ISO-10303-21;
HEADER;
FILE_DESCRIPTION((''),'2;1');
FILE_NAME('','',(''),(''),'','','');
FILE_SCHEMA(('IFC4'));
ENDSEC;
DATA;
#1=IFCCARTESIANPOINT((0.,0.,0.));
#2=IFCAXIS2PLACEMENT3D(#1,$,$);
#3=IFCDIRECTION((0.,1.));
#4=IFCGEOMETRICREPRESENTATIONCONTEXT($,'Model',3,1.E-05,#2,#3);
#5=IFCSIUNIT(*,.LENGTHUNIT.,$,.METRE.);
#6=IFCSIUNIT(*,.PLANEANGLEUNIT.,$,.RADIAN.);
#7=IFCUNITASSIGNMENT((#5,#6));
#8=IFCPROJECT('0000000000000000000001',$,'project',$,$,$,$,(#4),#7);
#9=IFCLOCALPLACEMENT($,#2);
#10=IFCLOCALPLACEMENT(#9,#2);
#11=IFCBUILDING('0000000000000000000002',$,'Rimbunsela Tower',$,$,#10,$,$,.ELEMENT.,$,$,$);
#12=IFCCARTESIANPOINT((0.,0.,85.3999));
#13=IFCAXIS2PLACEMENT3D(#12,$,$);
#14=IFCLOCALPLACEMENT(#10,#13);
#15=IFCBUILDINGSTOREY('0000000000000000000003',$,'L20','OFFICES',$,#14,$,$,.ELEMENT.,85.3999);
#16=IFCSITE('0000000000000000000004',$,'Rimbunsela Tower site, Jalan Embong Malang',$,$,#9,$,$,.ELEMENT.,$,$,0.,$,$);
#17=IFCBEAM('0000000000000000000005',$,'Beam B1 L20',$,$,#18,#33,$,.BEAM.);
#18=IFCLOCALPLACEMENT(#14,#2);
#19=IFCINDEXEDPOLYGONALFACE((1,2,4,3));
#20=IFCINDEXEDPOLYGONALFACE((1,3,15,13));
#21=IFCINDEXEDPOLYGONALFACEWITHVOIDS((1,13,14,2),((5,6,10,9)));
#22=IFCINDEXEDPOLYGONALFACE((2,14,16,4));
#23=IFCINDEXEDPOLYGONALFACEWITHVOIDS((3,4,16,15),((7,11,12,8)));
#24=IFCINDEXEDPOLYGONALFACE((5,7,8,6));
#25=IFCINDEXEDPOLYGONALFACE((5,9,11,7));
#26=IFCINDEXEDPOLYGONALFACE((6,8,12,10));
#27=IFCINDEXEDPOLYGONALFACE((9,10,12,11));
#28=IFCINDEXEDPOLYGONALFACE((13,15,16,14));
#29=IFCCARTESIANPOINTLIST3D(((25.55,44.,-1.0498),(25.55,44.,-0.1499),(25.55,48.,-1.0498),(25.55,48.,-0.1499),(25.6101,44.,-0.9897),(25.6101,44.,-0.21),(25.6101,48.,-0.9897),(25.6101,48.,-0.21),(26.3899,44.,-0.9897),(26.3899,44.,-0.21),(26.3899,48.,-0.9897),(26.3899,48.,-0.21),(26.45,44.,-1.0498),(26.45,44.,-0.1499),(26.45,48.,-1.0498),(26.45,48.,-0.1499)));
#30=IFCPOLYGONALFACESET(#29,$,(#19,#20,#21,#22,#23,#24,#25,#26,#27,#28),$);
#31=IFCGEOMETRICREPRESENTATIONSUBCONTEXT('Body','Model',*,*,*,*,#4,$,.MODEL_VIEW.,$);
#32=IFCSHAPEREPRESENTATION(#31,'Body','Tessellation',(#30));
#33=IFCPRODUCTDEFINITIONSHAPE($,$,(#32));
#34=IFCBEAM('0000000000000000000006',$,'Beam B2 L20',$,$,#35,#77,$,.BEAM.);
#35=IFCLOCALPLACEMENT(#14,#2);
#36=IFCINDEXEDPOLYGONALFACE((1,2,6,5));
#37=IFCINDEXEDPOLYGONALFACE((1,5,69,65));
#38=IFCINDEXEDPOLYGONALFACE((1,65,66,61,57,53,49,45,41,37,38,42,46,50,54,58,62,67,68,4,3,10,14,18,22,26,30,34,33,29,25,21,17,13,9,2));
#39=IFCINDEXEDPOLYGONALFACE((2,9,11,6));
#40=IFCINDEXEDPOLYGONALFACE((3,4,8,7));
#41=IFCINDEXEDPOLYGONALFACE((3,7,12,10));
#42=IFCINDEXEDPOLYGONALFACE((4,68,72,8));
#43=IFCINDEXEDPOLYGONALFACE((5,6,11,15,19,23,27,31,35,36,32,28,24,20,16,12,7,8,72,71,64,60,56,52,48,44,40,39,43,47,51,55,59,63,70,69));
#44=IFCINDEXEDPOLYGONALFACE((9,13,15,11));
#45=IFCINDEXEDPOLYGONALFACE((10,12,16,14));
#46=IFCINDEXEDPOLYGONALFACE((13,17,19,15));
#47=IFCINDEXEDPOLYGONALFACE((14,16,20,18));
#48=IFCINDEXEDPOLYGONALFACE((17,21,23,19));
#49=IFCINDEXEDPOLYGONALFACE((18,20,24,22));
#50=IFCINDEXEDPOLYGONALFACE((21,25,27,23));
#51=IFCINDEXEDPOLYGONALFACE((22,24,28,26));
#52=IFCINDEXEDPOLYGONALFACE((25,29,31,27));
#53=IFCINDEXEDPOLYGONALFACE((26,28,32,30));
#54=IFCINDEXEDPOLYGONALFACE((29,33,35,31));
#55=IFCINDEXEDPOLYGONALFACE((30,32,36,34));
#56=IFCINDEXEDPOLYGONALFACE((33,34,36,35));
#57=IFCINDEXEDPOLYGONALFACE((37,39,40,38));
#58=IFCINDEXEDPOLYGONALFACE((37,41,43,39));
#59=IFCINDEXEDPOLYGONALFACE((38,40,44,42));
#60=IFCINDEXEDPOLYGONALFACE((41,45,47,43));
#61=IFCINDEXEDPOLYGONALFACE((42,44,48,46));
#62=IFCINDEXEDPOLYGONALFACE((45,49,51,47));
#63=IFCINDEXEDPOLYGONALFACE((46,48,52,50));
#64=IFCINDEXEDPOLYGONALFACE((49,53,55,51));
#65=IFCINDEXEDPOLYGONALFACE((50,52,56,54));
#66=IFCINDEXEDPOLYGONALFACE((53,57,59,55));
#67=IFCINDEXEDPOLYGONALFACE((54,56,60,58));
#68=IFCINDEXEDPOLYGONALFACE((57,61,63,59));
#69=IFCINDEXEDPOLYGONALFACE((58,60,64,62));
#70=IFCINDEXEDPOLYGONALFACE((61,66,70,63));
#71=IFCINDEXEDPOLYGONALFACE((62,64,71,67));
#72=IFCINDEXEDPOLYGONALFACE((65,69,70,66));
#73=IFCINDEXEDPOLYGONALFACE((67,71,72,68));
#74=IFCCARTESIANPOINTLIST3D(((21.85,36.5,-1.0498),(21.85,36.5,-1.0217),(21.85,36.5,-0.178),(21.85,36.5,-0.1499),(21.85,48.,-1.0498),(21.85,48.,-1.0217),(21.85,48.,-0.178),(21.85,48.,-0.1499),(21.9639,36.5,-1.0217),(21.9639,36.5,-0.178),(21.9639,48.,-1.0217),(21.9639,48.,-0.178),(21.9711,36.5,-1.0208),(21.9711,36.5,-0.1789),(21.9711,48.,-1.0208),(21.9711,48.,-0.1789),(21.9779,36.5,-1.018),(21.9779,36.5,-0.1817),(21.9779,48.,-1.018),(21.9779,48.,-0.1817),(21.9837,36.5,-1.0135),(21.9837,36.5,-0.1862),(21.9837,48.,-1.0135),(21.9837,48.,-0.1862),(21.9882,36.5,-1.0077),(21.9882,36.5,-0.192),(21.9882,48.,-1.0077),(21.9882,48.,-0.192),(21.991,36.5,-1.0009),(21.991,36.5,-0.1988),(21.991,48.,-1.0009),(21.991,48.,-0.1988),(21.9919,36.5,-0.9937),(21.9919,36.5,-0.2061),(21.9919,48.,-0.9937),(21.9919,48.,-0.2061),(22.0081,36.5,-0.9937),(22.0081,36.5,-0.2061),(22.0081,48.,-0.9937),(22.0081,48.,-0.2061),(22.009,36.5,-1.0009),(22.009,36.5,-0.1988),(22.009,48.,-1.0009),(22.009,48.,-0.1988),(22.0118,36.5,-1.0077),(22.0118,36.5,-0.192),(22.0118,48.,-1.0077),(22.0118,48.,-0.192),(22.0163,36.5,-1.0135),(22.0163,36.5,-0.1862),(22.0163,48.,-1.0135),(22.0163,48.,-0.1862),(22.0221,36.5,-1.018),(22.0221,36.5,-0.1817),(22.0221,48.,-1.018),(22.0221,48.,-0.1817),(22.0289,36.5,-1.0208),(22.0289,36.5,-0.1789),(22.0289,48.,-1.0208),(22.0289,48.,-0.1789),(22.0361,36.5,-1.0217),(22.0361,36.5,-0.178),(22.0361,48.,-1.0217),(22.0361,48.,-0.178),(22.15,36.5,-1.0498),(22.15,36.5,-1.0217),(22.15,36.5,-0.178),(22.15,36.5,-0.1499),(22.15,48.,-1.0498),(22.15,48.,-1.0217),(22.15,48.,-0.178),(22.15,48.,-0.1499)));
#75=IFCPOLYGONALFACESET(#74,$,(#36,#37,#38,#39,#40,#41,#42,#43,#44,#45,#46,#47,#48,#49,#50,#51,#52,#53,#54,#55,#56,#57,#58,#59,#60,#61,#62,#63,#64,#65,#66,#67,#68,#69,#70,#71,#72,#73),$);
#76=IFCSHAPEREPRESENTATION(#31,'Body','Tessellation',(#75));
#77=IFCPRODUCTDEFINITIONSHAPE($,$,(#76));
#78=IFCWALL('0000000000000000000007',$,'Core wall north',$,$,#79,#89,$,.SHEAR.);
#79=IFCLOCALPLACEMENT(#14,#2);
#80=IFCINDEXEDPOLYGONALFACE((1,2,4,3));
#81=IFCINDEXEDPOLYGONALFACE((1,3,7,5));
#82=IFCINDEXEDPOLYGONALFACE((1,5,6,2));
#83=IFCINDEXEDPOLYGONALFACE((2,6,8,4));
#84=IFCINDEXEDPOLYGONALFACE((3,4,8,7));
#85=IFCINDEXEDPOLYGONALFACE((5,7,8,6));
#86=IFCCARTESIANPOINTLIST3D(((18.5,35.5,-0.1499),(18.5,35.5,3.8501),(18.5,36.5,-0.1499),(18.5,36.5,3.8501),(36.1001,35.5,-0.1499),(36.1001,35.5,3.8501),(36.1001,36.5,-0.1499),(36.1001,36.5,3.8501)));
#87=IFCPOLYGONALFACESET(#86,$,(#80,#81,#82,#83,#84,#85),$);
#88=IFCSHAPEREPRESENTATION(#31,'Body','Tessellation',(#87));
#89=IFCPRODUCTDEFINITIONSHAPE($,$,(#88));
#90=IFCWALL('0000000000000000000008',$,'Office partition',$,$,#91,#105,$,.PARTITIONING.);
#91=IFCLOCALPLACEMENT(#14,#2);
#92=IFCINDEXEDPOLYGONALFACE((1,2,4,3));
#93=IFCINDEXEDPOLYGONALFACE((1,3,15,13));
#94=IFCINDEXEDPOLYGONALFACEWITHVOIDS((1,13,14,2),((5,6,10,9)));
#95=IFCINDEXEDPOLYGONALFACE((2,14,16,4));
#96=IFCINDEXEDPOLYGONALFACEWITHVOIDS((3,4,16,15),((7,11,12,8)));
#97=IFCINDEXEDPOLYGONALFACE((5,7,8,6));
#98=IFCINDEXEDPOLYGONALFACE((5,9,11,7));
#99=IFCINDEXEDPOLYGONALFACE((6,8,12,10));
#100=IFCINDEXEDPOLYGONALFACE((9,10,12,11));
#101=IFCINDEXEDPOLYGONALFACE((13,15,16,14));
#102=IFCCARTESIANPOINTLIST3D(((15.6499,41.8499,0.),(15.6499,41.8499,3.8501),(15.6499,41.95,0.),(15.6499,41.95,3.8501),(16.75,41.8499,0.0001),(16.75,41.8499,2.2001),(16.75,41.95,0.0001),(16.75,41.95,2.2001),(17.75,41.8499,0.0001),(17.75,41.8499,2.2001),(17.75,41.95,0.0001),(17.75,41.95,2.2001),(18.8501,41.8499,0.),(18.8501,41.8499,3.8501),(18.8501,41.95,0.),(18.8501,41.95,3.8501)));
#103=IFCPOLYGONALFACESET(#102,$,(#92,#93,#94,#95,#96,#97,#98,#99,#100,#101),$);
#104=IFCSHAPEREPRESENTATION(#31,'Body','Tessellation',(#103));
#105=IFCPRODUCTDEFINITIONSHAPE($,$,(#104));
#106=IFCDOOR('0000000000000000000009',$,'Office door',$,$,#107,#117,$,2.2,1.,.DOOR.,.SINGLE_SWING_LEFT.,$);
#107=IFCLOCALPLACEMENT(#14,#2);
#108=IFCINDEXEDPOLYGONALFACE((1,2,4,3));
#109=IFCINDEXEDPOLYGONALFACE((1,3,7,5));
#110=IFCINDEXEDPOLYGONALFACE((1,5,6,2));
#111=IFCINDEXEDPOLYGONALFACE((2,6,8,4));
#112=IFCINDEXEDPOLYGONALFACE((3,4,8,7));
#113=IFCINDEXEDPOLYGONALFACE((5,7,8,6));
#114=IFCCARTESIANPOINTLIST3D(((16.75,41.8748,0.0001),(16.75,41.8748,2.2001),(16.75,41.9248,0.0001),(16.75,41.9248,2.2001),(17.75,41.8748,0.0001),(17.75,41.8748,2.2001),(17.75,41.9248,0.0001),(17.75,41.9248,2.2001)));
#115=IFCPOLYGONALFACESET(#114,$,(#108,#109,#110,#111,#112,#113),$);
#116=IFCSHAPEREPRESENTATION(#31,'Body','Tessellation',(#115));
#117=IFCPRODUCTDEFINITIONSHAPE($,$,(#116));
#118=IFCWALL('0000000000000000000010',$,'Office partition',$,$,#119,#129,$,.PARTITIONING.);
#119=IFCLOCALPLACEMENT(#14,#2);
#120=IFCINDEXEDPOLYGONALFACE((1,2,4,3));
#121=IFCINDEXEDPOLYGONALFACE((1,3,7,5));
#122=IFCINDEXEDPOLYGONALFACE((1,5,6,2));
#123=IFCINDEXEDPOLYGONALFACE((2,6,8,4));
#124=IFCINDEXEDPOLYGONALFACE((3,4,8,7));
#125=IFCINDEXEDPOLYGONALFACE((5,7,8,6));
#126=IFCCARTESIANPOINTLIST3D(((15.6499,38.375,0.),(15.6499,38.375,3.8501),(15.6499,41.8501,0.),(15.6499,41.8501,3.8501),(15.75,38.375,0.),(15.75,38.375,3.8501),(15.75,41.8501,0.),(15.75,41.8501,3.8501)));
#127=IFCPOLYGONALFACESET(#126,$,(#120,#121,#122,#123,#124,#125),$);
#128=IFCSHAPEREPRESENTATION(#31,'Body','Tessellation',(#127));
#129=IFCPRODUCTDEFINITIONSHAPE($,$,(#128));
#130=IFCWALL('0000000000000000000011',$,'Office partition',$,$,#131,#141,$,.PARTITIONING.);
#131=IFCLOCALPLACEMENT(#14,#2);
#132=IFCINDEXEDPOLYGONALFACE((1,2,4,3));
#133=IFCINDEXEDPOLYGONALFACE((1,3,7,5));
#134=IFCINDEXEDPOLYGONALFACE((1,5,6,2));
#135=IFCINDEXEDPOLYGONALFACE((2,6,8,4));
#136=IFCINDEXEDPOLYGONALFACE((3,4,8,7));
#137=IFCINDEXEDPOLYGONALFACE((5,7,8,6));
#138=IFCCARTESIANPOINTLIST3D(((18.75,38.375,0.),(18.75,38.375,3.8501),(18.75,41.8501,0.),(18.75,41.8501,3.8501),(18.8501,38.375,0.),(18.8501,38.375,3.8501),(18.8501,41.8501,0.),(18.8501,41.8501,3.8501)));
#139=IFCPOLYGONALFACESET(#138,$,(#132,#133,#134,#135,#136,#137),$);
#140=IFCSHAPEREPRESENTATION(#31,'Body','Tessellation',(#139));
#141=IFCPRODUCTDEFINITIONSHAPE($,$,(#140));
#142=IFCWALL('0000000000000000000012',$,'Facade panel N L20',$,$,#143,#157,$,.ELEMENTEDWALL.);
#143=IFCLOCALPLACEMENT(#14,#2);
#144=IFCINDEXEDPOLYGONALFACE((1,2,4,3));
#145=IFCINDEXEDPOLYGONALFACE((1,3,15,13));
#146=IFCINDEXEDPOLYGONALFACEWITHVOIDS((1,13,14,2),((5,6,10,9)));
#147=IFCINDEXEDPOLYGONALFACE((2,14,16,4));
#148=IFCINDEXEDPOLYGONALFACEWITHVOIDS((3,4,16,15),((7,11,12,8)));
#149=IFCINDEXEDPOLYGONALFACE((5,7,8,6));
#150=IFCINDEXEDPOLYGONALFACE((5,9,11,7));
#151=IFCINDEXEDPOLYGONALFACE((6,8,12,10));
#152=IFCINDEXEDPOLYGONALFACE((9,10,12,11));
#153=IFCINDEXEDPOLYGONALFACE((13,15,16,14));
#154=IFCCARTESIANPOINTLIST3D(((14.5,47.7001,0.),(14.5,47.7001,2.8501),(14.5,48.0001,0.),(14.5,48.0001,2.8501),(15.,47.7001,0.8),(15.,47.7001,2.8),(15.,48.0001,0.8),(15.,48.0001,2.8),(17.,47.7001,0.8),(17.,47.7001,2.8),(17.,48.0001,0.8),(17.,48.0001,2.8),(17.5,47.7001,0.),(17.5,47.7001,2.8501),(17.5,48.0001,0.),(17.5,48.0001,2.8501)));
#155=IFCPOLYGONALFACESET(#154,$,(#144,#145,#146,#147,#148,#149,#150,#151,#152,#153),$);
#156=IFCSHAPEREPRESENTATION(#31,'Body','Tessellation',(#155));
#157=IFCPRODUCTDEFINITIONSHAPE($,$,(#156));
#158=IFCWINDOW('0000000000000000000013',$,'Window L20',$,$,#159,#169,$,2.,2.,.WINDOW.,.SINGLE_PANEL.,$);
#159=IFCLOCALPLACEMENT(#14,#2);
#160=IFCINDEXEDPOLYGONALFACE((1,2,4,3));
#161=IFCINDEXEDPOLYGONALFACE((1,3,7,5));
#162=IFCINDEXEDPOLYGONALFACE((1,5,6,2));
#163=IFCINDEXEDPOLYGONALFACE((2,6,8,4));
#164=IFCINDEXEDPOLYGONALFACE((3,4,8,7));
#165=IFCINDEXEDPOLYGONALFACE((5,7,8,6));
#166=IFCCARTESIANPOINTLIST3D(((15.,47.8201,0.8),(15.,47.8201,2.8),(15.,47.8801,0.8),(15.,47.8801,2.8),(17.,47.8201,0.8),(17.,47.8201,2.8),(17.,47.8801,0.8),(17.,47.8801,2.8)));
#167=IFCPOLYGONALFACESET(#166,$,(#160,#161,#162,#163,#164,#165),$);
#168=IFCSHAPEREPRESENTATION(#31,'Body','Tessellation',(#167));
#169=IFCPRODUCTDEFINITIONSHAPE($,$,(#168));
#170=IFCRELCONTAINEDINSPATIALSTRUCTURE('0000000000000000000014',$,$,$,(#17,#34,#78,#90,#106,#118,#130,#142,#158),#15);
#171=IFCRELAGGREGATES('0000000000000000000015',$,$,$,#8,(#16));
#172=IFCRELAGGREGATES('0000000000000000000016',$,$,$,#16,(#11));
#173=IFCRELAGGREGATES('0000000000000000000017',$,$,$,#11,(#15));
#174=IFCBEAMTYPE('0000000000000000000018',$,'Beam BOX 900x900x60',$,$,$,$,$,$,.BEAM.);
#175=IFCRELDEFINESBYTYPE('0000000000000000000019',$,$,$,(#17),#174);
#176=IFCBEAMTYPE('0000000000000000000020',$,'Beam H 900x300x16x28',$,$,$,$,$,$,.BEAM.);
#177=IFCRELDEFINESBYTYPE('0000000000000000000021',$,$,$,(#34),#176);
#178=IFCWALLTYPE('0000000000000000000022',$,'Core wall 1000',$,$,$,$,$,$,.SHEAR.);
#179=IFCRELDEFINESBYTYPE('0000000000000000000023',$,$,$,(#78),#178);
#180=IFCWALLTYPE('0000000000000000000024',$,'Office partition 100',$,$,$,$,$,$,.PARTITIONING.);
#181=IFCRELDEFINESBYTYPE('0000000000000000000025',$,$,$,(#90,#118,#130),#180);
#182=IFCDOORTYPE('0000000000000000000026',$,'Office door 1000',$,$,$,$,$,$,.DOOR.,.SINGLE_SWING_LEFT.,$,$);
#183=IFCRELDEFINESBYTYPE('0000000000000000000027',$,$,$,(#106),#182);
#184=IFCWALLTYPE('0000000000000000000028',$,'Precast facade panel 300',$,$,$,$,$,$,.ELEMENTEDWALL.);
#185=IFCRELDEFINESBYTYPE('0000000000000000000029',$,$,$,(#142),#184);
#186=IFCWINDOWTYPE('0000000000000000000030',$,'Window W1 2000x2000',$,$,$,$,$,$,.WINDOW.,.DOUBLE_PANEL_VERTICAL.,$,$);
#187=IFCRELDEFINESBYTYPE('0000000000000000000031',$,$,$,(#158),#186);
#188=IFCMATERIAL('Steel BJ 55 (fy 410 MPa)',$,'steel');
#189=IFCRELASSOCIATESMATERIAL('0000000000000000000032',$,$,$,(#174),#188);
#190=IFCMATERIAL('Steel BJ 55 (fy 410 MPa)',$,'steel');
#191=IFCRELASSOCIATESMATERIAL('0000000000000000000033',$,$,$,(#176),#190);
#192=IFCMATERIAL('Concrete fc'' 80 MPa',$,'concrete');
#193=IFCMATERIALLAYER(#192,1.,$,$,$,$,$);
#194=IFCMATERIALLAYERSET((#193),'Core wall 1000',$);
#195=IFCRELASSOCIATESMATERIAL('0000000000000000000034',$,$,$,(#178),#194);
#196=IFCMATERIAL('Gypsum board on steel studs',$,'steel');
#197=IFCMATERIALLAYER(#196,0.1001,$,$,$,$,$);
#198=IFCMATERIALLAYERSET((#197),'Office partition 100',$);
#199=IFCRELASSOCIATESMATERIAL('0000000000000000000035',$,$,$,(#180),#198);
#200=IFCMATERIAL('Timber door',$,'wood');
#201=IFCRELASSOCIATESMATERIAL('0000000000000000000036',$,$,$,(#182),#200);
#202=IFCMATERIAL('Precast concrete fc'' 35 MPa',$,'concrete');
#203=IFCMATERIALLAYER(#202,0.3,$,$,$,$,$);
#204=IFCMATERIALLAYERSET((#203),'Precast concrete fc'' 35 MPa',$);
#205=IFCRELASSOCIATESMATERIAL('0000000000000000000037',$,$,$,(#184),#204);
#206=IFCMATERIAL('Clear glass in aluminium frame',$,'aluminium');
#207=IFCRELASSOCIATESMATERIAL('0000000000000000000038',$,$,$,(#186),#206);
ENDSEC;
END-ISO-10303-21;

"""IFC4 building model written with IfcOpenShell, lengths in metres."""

from ifc_helpers import new_model, si_unit, direction, frame, frame_2d, origin, origin_2d, place, context, subcontext, project, spatial, rectangle, hollow_rectangle, i_section, extrude, material, layer, layer_set, material_profile, profile_set, type_object, element, fill, save


model = new_model("IFC4")

# Units and contexts
model_context = context("Model", 3, precision=1e-05, world=origin(), true_north=direction((0.0, 1.0)))
body_context = subcontext(model_context, "Body", "Model", "MODEL_VIEW")
ifc_project = project(units=[si_unit("LENGTHUNIT", "METRE"), si_unit("PLANEANGLEUNIT", "RADIAN")], contexts=[model_context])

# Site, building, storey
site_placement = place(None, origin())
site = spatial("IfcSite", under=ifc_project, at=site_placement, Name="Rimbunsela Tower site, Jalan Embong Malang", CompositionType="ELEMENT", RefElevation=0.0)
building_placement = place(site_placement, origin())
building = spatial("IfcBuilding", under=site, at=building_placement, Name="Rimbunsela Tower", CompositionType="ELEMENT")
storey_placement = place(building_placement, frame((0.0, 0.0, 85.3999)))
storey = spatial("IfcBuildingStorey", under=building, at=storey_placement, Name="L20", Description="OFFICES", CompositionType="ELEMENT", Elevation=85.3999)

# Beams
ifc_material_1 = material(Name="Steel BJ 55 (fy 410 MPa)", Category="steel")
ifc_material_profile_1 = material_profile(ifc_material_1, hollow_rectangle(XDim=0.8999, YDim=0.8999, WallThickness=0.0601, at=origin_2d()), Name="BOX 900x900x60")
ifc_profile_set_1 = profile_set([ifc_material_profile_1], Name="Steel BJ 55 (fy 410 MPa)")
beam_type_1 = type_object("IfcBeamType", Name="Beam BOX 900x900x60", PredefinedType="BEAM", material=ifc_profile_set_1)
beam_1_placement = place(storey_placement, frame((26.0, 44.0, -0.5999), z_axis=(0.0, 1.0, 0.0), x_axis=(-1.0, 0.0, 0.0)))
element("IfcBeam", 1, at=beam_1_placement, inside=storey, type_object=beam_type_1, Name="Beam B1 L20", PredefinedType="BEAM", context=body_context, shape_type="SweptSolid", body=[
    extrude(hollow_rectangle(XDim=0.8999, YDim=0.8999, WallThickness=0.0601, at=origin_2d()), origin(), (0.0, 0.0, 1.0), 4.0),
])
ifc_material_2 = material(Name="Steel BJ 55 (fy 410 MPa)", Category="steel")
ifc_material_profile_2 = material_profile(ifc_material_2, i_section(OverallWidth=0.3, OverallDepth=0.8999, WebThickness=0.0161, FlangeThickness=0.0281, FilletRadius=0.0281, at=origin_2d()), Name="H 900x300x16x28")
ifc_profile_set_2 = profile_set([ifc_material_profile_2], Name="Steel BJ 55 (fy 410 MPa)")
beam_type_2 = type_object("IfcBeamType", Name="Beam H 900x300x16x28", PredefinedType="BEAM", material=ifc_profile_set_2)
beam_2_placement = place(storey_placement, frame((22.0, 36.5, -0.5999), z_axis=(0.0, 1.0, 0.0), x_axis=(-1.0, 0.0, 0.0)))
element("IfcBeam", 2, at=beam_2_placement, inside=storey, type_object=beam_type_2, Name="Beam B2 L20", PredefinedType="BEAM", context=body_context, shape_type="SweptSolid", body=[
    extrude(i_section(OverallWidth=0.3, OverallDepth=0.8999, WebThickness=0.0161, FlangeThickness=0.0281, FilletRadius=0.0281, at=origin_2d()), origin(), (0.0, 0.0, 1.0), 11.5),
])

# Wall
ifc_material_3 = material(Name="Concrete fc' 80 MPa", Category="concrete")
ifc_layer_1 = layer(ifc_material_3, 1.0)
ifc_layer_set_1 = layer_set([ifc_layer_1], Name="Core wall 1000")
wall_type_1 = type_object("IfcWallType", Name="Core wall 1000", PredefinedType="SHEAR", material=ifc_layer_set_1)
wall_1_placement = place(storey_placement, frame((18.5, 36.0, -0.1499), z_axis=(0.0, 0.0, 1.0), x_axis=(1.0, 0.0, 0.0)))
element("IfcWall", 3, at=wall_1_placement, inside=storey, type_object=wall_type_1, Name="Core wall north", PredefinedType="SHEAR", context=body_context, shape_type="SweptSolid", body=[
    extrude(rectangle(XDim=17.6001, YDim=1.0, at=frame_2d((8.8, 0.0))), origin(), (0.0, 0.0, 1.0), 4.0),
])

# Wall, opening, door
ifc_material_4 = material(Name="Gypsum board on steel studs", Category="steel")
ifc_layer_2 = layer(ifc_material_4, 0.1001)
ifc_layer_set_2 = layer_set([ifc_layer_2], Name="Office partition 100")
wall_type_2 = type_object("IfcWallType", Name="Office partition 100", PredefinedType="PARTITIONING", material=ifc_layer_set_2)
wall_2_placement = place(storey_placement, frame((15.6499, 41.8999, 0.0), z_axis=(0.0, 0.0, 1.0), x_axis=(1.0, 0.0, 0.0)))
wall_2 = element("IfcWall", 4, at=wall_2_placement, inside=storey, type_object=wall_type_2, Name="Office partition", PredefinedType="PARTITIONING", context=body_context, shape_type="SweptSolid", body=[
    extrude(rectangle(XDim=3.2002, YDim=0.1001, at=frame_2d((1.6001, 0.0))), origin(), (0.0, 0.0, 1.0), 3.8501),
])
opening_1_placement = place(wall_2_placement, frame((1.1001, 0.0, 0.0)))
opening_1 = element("IfcOpeningElement", 5, at=opening_1_placement, cuts=wall_2, PredefinedType="OPENING", context=body_context, shape_type="SweptSolid", body=[
    extrude(rectangle(XDim=1.0, YDim=2.2, at=frame_2d((0.5, 1.1001))), frame((0.0, 0.0601, 0.0), z_axis=(0.0, -1.0, 0.0), x_axis=(1.0, 0.0, 0.0)), (0.0, 0.0, 1.0), 0.1201),
])
ifc_material_5 = material(Name="Timber door", Category="wood")
door_type_1 = type_object("IfcDoorType", Name="Office door 1000", OperationType="SINGLE_SWING_LEFT", PredefinedType="DOOR", material=ifc_material_5)
door_1_placement = place(opening_1_placement, origin())
door_1 = element("IfcDoor", 6, at=door_1_placement, inside=storey, type_object=door_type_1, Name="Office door", OperationType="SINGLE_SWING_LEFT", OverallHeight=2.2, OverallWidth=1.0, PredefinedType="DOOR", context=body_context, shape_type="SweptSolid", body=[
    extrude(rectangle(XDim=1.0, YDim=2.2, at=frame_2d((0.5, 1.1001))), frame((0.0, 0.0249, 0.0), z_axis=(0.0, -1.0, 0.0), x_axis=(1.0, 0.0, 0.0)), (0.0, 0.0, 1.0), 0.05),
])
fill(opening_1, door_1)

# Walls
for number, where, z_axis, x_axis, name in (
    (7, (15.7, 38.375, 0.0), (0.0, 0.0, 1.0), (0.0, 1.0, 0.0), "Office partition"),
    (8, (18.8, 38.375, 0.0), (0.0, 0.0, 1.0), (0.0, 1.0, 0.0), "Office partition"),
):
    element("IfcWall", number, at=place(storey_placement, frame(where, z_axis=z_axis, x_axis=x_axis)), inside=storey, type_object=wall_type_2, Name=name, PredefinedType="PARTITIONING", context=body_context, shape_type="SweptSolid", body=[
        extrude(rectangle(XDim=3.4751, YDim=0.1001, at=frame_2d((1.7375, 0.0))), origin(), (0.0, 0.0, 1.0), 3.8501),
    ])

# Wall, opening, window
ifc_material_6 = material(Name="Precast concrete fc' 35 MPa", Category="concrete")
ifc_layer_3 = layer(ifc_material_6, 0.3)
ifc_layer_set_3 = layer_set([ifc_layer_3], Name="Precast concrete fc' 35 MPa")
wall_type_3 = type_object("IfcWallType", Name="Precast facade panel 300", PredefinedType="ELEMENTEDWALL", material=ifc_layer_set_3)
wall_3_placement = place(storey_placement, frame((17.5, 47.8501, 0.0), z_axis=(0.0, 0.0, 1.0), x_axis=(-1.0, 0.0, 0.0)))
wall_3 = element("IfcWall", 9, at=wall_3_placement, inside=storey, type_object=wall_type_3, Name="Facade panel N L20", PredefinedType="ELEMENTEDWALL", context=body_context, shape_type="SweptSolid", body=[
    extrude(rectangle(XDim=3.0, YDim=0.3, at=frame_2d((1.5, 0.0))), origin(), (0.0, 0.0, 1.0), 2.8501),
])
opening_2_placement = place(wall_3_placement, frame((0.5, 0.0, 0.8)))
opening_2 = element("IfcOpeningElement", 10, at=opening_2_placement, cuts=wall_3, PredefinedType="OPENING", context=body_context, shape_type="SweptSolid", body=[
    extrude(rectangle(XDim=2.0, YDim=2.0, at=frame_2d((1.0, 1.0))), frame((0.0, 0.1599, 0.0), z_axis=(0.0, -1.0, 0.0), x_axis=(1.0, 0.0, 0.0)), (0.0, 0.0, 1.0), 0.3201),
])
ifc_material_7 = material(Name="Clear glass in aluminium frame", Category="aluminium")
window_type = type_object("IfcWindowType", Name="Window W1 2000x2000", PartitioningType="DOUBLE_PANEL_VERTICAL", PredefinedType="WINDOW", material=ifc_material_7)
window_1_placement = place(opening_2_placement, origin())
window_1 = element("IfcWindow", 11, at=window_1_placement, inside=storey, type_object=window_type, Name="Window L20", OverallHeight=2.0, OverallWidth=2.0, PartitioningType="SINGLE_PANEL", PredefinedType="WINDOW", context=body_context, shape_type="SweptSolid", body=[
    extrude(rectangle(XDim=2.0, YDim=2.0, at=frame_2d((1.0, 1.0))), frame((0.0, 0.03, 0.0), z_axis=(0.0, -1.0, 0.0), x_axis=(1.0, 0.0, 0.0)), (0.0, 0.0, 1.0), 0.0601),
])
fill(opening_2, window_1)

save(model, "model.ifc")
